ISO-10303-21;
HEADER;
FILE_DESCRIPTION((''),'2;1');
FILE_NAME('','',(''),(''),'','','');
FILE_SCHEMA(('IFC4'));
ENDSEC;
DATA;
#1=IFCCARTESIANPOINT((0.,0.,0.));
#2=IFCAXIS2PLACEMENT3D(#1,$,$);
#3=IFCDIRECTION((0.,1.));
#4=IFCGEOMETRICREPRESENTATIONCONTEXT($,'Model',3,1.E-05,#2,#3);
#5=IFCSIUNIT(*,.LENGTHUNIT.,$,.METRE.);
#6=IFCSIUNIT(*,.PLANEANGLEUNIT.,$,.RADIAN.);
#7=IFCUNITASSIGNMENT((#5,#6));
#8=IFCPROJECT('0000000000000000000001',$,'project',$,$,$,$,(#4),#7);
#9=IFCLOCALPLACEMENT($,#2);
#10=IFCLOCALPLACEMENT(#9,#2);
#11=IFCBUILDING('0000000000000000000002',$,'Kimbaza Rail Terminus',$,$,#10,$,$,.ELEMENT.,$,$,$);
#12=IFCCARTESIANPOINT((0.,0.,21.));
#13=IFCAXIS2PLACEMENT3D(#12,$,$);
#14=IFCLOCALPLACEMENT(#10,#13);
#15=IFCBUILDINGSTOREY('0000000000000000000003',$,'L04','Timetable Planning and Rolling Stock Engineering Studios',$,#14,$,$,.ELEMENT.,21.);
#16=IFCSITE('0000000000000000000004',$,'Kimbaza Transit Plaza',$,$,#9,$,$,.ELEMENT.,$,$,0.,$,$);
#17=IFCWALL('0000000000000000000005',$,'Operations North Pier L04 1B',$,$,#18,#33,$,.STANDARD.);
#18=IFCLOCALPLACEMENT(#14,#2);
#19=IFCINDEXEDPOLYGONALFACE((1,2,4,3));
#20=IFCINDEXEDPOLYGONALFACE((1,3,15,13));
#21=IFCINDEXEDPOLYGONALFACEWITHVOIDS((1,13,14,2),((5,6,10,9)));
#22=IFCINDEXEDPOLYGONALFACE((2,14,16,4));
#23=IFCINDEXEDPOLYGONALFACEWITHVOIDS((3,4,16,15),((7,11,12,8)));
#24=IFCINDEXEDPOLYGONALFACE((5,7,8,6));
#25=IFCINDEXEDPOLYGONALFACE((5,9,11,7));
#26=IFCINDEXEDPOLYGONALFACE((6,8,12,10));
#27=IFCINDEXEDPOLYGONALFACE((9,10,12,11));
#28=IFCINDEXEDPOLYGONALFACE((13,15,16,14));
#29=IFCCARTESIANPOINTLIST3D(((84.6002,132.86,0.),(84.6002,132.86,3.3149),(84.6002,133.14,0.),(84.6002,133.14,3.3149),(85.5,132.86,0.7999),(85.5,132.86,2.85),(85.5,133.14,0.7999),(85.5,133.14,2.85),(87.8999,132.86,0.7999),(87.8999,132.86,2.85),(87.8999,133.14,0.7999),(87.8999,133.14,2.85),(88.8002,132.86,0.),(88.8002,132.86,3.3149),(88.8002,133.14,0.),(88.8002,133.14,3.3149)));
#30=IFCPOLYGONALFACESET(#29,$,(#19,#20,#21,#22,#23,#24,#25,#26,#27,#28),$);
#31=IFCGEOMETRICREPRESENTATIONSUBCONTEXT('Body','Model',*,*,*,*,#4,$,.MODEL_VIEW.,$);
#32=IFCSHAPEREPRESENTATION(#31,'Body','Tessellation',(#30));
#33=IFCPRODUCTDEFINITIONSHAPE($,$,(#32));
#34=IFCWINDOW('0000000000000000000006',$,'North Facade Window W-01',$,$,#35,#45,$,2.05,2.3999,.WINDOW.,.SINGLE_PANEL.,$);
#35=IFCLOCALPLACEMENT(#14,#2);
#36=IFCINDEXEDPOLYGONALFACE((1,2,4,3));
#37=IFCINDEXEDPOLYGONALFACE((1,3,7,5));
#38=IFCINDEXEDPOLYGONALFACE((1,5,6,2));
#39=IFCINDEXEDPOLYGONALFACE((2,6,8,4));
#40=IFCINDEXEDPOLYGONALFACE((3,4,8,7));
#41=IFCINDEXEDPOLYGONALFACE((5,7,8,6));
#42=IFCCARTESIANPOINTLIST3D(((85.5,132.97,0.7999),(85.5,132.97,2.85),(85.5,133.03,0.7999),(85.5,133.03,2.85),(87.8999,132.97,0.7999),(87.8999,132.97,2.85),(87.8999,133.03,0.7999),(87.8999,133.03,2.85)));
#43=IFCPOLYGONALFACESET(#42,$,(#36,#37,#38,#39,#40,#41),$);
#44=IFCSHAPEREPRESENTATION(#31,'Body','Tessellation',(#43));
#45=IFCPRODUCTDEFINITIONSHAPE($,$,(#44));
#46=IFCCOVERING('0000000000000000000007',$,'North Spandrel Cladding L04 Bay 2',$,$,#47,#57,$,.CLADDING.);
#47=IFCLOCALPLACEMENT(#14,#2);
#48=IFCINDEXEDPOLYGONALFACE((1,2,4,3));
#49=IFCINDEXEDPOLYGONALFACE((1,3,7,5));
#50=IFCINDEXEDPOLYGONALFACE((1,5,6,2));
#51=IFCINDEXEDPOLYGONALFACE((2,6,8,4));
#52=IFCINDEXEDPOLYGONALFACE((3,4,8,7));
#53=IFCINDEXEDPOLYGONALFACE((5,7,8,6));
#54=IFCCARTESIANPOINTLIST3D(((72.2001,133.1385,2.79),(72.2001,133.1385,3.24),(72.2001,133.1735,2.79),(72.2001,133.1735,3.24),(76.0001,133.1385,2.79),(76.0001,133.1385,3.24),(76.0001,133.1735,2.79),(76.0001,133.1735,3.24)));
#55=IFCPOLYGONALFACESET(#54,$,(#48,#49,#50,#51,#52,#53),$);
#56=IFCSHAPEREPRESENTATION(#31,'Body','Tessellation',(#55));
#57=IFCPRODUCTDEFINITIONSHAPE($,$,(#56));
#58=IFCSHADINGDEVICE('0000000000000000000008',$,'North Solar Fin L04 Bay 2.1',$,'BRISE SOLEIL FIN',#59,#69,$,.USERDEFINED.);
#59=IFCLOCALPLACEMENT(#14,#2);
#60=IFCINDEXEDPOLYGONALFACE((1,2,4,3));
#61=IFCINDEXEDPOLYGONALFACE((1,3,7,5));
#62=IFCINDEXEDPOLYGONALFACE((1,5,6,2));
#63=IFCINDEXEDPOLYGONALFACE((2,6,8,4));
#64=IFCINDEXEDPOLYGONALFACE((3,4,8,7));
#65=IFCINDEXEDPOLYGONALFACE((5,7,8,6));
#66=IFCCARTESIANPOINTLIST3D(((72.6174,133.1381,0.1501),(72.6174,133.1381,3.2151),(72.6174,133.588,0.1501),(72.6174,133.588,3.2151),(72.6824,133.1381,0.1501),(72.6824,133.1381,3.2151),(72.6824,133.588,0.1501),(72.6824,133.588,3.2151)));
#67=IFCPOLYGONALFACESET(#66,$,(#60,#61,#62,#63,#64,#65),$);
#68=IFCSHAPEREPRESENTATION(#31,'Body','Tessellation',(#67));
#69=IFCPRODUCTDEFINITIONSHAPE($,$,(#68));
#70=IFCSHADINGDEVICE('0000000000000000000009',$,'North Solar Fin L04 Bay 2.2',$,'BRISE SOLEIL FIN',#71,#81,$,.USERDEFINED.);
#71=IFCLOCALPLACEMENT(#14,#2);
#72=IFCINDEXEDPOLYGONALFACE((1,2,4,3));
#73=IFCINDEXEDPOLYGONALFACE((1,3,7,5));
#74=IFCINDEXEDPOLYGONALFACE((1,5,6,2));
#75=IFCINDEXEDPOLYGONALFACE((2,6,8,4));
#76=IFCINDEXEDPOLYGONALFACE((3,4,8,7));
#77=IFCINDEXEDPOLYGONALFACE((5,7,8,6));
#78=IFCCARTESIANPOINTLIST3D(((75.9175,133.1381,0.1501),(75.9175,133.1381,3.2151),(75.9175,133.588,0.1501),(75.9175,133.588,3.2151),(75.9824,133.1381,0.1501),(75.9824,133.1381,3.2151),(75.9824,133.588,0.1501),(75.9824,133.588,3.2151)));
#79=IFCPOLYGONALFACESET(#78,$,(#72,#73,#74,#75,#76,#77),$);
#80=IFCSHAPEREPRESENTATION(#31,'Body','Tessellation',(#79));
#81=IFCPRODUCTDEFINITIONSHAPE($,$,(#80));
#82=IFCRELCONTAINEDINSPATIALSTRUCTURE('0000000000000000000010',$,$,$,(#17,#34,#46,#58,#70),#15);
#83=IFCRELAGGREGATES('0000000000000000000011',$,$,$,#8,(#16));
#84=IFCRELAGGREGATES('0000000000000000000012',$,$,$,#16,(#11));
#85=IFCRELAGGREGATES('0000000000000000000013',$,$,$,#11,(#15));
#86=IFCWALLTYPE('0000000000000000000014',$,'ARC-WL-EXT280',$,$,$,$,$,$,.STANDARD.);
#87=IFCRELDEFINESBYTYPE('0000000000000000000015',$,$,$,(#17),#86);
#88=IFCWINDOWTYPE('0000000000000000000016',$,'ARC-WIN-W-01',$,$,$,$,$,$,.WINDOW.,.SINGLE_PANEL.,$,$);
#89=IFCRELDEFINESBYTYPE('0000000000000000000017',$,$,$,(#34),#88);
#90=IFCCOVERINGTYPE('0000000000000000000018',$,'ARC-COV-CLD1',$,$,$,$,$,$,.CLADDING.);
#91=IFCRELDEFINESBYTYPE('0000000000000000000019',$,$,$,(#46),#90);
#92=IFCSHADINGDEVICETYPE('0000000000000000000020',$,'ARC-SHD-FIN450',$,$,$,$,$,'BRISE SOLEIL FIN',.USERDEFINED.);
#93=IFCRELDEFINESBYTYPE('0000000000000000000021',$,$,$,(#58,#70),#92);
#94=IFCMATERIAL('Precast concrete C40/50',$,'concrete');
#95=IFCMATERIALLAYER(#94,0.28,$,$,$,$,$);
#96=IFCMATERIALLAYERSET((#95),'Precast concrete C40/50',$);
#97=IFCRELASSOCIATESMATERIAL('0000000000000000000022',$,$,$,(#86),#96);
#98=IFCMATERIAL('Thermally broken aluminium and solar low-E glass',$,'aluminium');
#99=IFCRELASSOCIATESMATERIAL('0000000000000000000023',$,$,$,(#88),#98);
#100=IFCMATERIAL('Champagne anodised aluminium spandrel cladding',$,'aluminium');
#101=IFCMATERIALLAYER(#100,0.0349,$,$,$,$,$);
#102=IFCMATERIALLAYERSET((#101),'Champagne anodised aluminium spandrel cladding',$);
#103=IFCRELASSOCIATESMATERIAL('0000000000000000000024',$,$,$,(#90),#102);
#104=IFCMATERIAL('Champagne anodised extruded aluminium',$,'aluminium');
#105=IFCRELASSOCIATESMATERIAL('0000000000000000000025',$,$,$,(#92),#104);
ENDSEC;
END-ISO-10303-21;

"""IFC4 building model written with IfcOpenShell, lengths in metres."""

from ifc_helpers import new_model, si_unit, direction, frame, frame_2d, origin, origin_2d, place, context, subcontext, project, spatial, rectangle, extrude, material, layer, layer_set, type_object, element, fill, save


model = new_model("IFC4")

# Units and contexts
model_context = context("Model", 3, precision=1e-05, world=origin(), true_north=direction((0.0, 1.0)))
body_context = subcontext(model_context, "Body", "Model", "MODEL_VIEW")
ifc_project = project(units=[si_unit("LENGTHUNIT", "METRE"), si_unit("PLANEANGLEUNIT", "RADIAN")], contexts=[model_context])

# Site, building, storey
site_placement = place(None, origin())
site = spatial("IfcSite", under=ifc_project, at=site_placement, Name="Kimbaza Transit Plaza", CompositionType="ELEMENT", RefElevation=0.0)
building_placement = place(site_placement, origin())
building = spatial("IfcBuilding", under=site, at=building_placement, Name="Kimbaza Rail Terminus", CompositionType="ELEMENT")
storey_placement = place(building_placement, frame((0.0, 0.0, 21.0)))
storey = spatial("IfcBuildingStorey", under=building, at=storey_placement, Name="L04", Description="Timetable Planning and Rolling Stock Engineering Studios", CompositionType="ELEMENT", Elevation=21.0)

# Wall, opening, window
ifc_material_1 = material(Name="Precast concrete C40/50", Category="concrete")
ifc_layer_1 = layer(ifc_material_1, 0.28)
ifc_layer_set_1 = layer_set([ifc_layer_1], Name="Precast concrete C40/50")
wall_type = type_object("IfcWallType", Name="ARC-WL-EXT280", PredefinedType="STANDARD", material=ifc_layer_set_1)
wall_placement = place(storey_placement, frame((84.6001, 133.0, 0.0), z_axis=(0.0, 0.0, 1.0), x_axis=(1.0, 0.0, 0.0)))
wall = element("IfcWall", 1, at=wall_placement, inside=storey, type_object=wall_type, Name="Operations North Pier L04 1B", PredefinedType="STANDARD", context=body_context, shape_type="SweptSolid", body=[
    extrude(rectangle(XDim=4.2, YDim=0.28, at=frame_2d((2.1001, 0.0))), origin(), (0.0, 0.0, 1.0), 3.3149),
])
opening_placement = place(wall_placement, frame((0.8999, 0.0, 0.8)))
opening = element("IfcOpeningElement", 2, at=opening_placement, cuts=wall, PredefinedType="OPENING", context=body_context, shape_type="SweptSolid", body=[
    extrude(rectangle(XDim=2.3999, YDim=2.05, at=frame_2d((1.2, 1.0249))), frame((0.0, 0.1499, 0.0), z_axis=(0.0, -1.0, 0.0), x_axis=(1.0, 0.0, 0.0)), (0.0, 0.0, 1.0), 0.3),
])
ifc_material_2 = material(Name="Thermally broken aluminium and solar low-E glass", Category="aluminium")
window_type = type_object("IfcWindowType", Name="ARC-WIN-W-01", PartitioningType="SINGLE_PANEL", PredefinedType="WINDOW", material=ifc_material_2)
window_placement = place(opening_placement, origin())
window = element("IfcWindow", 3, at=window_placement, inside=storey, type_object=window_type, Name="North Facade Window W-01", OverallHeight=2.05, OverallWidth=2.3999, PartitioningType="SINGLE_PANEL", PredefinedType="WINDOW", context=body_context, shape_type="SweptSolid", body=[
    extrude(rectangle(XDim=2.3999, YDim=2.05, at=frame_2d((1.2, 1.0249))), frame((0.0, 0.03, 0.0), z_axis=(0.0, -1.0, 0.0), x_axis=(1.0, 0.0, 0.0)), (0.0, 0.0, 1.0), 0.0601),
])
fill(opening, window)

# Covering
ifc_material_3 = material(Name="Champagne anodised aluminium spandrel cladding", Category="aluminium")
ifc_layer_2 = layer(ifc_material_3, 0.0349)
ifc_layer_set_2 = layer_set([ifc_layer_2], Name="Champagne anodised aluminium spandrel cladding")
covering_type = type_object("IfcCoveringType", Name="ARC-COV-CLD1", PredefinedType="CLADDING", material=ifc_layer_set_2)
covering_placement = place(storey_placement, frame((74.1001, 133.156, 2.79), z_axis=(0.0, 0.0, 1.0), x_axis=(1.0, 0.0, 0.0)))
element("IfcCovering", 4, at=covering_placement, inside=storey, type_object=covering_type, Name="North Spandrel Cladding L04 Bay 2", PredefinedType="CLADDING", context=body_context, shape_type="SweptSolid", body=[
    extrude(rectangle(XDim=3.8, YDim=0.0349, at=origin_2d()), origin(), (0.0, 0.0, 1.0), 0.45),
])

# Shading devices
ifc_material_4 = material(Name="Champagne anodised extruded aluminium", Category="aluminium")
shading_device_type = type_object("IfcShadingDeviceType", Name="ARC-SHD-FIN450", ElementType="BRISE SOLEIL FIN", PredefinedType="USERDEFINED", material=ifc_material_4)
for number, where, z_axis, x_axis, name in (
    (5, (72.6499, 133.363, 0.1501), (0.0, 0.0, 1.0), (1.0, 0.0, 0.0), "North Solar Fin L04 Bay 2.1"),
    (6, (75.95, 133.363, 0.1501), (0.0, 0.0, 1.0), (1.0, 0.0, 0.0), "North Solar Fin L04 Bay 2.2"),
):
    element("IfcShadingDevice", number, at=place(storey_placement, frame(where, z_axis=z_axis, x_axis=x_axis)), inside=storey, type_object=shading_device_type, Name=name, ObjectType="BRISE SOLEIL FIN", PredefinedType="USERDEFINED", context=body_context, shape_type="SweptSolid", body=[
        extrude(rectangle(XDim=0.0649, YDim=0.45, at=origin_2d()), origin(), (0.0, 0.0, 1.0), 3.0649),
    ])

save(model, "model.ifc")
